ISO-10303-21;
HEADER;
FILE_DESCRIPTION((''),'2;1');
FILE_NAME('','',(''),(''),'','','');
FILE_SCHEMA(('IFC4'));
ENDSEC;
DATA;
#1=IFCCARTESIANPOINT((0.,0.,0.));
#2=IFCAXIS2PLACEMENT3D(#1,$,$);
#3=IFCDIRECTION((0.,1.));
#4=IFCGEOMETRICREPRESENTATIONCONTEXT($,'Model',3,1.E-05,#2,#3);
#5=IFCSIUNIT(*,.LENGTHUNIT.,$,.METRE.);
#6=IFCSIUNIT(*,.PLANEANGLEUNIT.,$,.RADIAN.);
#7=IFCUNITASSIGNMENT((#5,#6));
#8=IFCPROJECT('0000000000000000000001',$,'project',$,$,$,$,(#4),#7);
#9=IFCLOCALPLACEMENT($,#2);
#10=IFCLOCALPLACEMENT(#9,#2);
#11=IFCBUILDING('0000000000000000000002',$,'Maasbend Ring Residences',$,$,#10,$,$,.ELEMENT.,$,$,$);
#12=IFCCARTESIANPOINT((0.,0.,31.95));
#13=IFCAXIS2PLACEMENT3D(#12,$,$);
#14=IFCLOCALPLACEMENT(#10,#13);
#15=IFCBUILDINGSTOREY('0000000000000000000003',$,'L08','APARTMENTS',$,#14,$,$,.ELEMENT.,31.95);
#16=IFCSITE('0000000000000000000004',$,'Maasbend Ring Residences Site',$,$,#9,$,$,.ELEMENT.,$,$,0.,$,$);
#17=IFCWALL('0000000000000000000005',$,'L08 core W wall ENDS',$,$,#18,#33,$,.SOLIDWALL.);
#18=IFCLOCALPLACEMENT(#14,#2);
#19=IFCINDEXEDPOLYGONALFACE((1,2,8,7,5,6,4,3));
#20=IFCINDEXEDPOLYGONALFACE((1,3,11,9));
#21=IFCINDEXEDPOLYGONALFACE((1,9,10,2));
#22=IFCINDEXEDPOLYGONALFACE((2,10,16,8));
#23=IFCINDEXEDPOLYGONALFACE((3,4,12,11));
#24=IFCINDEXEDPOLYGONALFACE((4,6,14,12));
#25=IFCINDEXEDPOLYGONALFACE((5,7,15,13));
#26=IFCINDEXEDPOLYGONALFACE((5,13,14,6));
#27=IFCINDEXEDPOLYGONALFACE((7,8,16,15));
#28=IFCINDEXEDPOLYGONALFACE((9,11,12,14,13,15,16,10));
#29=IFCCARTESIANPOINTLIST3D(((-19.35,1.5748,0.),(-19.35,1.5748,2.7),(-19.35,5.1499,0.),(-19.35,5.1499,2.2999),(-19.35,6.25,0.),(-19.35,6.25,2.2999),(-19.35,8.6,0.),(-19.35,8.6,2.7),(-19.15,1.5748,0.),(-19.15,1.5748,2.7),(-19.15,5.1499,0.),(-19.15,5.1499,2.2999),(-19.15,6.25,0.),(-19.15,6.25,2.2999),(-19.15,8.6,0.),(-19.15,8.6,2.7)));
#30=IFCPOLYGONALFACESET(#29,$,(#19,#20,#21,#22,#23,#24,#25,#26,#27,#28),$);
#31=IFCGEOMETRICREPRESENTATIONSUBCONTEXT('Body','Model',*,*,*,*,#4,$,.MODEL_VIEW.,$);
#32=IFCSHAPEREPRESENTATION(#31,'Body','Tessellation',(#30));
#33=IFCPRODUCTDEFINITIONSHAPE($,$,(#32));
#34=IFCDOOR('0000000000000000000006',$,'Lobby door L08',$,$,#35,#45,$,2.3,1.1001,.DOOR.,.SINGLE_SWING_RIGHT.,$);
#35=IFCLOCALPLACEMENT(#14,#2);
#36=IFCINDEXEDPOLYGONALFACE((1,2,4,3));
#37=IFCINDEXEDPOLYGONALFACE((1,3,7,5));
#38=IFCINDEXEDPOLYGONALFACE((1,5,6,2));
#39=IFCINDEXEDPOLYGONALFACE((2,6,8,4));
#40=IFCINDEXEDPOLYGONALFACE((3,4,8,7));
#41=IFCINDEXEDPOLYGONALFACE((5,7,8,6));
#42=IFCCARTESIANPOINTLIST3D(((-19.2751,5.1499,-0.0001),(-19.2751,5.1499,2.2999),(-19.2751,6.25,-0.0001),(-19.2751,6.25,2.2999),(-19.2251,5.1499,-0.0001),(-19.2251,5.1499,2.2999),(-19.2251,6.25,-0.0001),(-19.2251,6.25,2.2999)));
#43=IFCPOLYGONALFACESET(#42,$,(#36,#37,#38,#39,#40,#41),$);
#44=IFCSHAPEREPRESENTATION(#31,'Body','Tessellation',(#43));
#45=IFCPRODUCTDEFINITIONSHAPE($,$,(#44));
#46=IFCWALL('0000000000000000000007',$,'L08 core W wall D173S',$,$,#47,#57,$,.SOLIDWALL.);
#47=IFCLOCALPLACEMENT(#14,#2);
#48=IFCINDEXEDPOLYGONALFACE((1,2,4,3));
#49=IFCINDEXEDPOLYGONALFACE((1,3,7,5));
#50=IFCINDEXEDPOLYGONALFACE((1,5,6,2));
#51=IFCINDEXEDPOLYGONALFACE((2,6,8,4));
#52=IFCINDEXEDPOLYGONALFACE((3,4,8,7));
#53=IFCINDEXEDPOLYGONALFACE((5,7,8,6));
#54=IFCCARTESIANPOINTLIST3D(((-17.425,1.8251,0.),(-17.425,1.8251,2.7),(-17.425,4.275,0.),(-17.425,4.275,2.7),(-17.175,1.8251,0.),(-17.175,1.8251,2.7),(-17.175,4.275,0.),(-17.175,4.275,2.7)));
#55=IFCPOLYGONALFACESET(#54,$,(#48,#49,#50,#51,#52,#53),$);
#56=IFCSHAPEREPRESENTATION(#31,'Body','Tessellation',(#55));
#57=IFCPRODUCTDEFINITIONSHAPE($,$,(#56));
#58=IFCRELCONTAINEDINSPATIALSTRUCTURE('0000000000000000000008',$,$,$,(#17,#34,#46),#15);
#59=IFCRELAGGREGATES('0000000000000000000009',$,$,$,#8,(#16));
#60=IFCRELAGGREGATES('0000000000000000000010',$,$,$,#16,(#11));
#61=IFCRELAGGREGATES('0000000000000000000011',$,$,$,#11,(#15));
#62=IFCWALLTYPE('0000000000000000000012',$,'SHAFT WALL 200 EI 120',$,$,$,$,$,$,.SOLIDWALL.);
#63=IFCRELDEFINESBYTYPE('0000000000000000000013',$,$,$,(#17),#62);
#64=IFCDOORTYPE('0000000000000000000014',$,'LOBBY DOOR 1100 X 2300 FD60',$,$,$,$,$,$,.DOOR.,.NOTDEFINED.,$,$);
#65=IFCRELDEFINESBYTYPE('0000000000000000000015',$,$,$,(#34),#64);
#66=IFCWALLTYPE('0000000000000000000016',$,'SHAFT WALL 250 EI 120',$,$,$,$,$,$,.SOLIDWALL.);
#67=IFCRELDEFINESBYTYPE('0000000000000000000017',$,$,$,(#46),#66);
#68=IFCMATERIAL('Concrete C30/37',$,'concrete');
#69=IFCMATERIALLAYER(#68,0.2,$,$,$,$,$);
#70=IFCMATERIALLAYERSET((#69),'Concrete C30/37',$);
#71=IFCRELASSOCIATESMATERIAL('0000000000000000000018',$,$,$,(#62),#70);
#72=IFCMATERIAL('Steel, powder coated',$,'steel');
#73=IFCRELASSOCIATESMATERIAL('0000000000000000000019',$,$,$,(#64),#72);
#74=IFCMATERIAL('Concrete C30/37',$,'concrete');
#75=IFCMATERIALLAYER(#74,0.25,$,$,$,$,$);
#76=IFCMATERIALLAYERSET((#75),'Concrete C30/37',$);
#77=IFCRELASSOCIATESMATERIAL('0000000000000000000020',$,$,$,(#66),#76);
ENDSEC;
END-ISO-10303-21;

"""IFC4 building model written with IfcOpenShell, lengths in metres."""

from ifc_helpers import new_model, si_unit, direction, frame, frame_2d, origin, place, context, subcontext, project, spatial, rectangle, extrude, material, layer, layer_set, type_object, element, fill, save


model = new_model("IFC4")

# Units and contexts
model_context = context("Model", 3, precision=1e-05, world=origin(), true_north=direction((0.0, 1.0)))
body_context = subcontext(model_context, "Body", "Model", "MODEL_VIEW")
ifc_project = project(units=[si_unit("LENGTHUNIT", "METRE"), si_unit("PLANEANGLEUNIT", "RADIAN")], contexts=[model_context])

# Site, building, storey
site_placement = place(None, origin())
site = spatial("IfcSite", under=ifc_project, at=site_placement, Name="Maasbend Ring Residences Site", CompositionType="ELEMENT", RefElevation=0.0)
building_placement = place(site_placement, origin())
building = spatial("IfcBuilding", under=site, at=building_placement, Name="Maasbend Ring Residences", CompositionType="ELEMENT")
storey_placement = place(building_placement, frame((0.0, 0.0, 31.95)))
storey = spatial("IfcBuildingStorey", under=building, at=storey_placement, Name="L08", Description="APARTMENTS", CompositionType="ELEMENT", Elevation=31.95)

# Wall, opening, door
ifc_material_1 = material(Name="Concrete C30/37", Category="concrete")
ifc_layer_1 = layer(ifc_material_1, 0.2)
ifc_layer_set_1 = layer_set([ifc_layer_1], Name="Concrete C30/37")
wall_type_1 = type_object("IfcWallType", Name="SHAFT WALL 200 EI 120", PredefinedType="SOLIDWALL", material=ifc_layer_set_1)
wall_1_placement = place(storey_placement, frame((-19.25, 8.6001, 0.0), z_axis=(0.0, 0.0, 1.0), x_axis=(0.0, -1.0, 0.0)))
wall_1 = element("IfcWall", 1, at=wall_1_placement, inside=storey, type_object=wall_type_1, Name="L08 core W wall ENDS", PredefinedType="SOLIDWALL", context=body_context, shape_type="SweptSolid", body=[
    extrude(rectangle(XDim=7.0251, YDim=0.2, at=frame_2d((3.5127, 0.0))), origin(), (0.0, 0.0, 1.0), 2.7),
])
opening_1_placement = place(wall_1_placement, frame((2.3501, 0.0, 0.0)))
opening_1 = element("IfcOpeningElement", 2, at=opening_1_placement, cuts=wall_1, PredefinedType="OPENING", context=body_context, shape_type="SweptSolid", body=[
    extrude(rectangle(XDim=1.1001, YDim=2.3, at=frame_2d((0.55, 1.1499))), frame((0.0, 0.1099, 0.0), z_axis=(0.0, -1.0, 0.0), x_axis=(1.0, 0.0, 0.0)), (0.0, 0.0, 1.0), 0.22),
])
ifc_material_2 = material(Name="Steel, powder coated", Category="steel")
door_type_1 = type_object("IfcDoorType", Name="LOBBY DOOR 1100 X 2300 FD60", OperationType="NOTDEFINED", PredefinedType="DOOR", material=ifc_material_2)
door_1_placement = place(opening_1_placement, origin())
door_1 = element("IfcDoor", 3, at=door_1_placement, inside=storey, type_object=door_type_1, Name="Lobby door L08", OperationType="SINGLE_SWING_RIGHT", OverallHeight=2.3, OverallWidth=1.1001, PredefinedType="DOOR", context=body_context, shape_type="SweptSolid", body=[
    extrude(rectangle(XDim=1.1001, YDim=2.3, at=frame_2d((0.55, 1.1499))), frame((0.0, 0.0249, 0.0), z_axis=(0.0, -1.0, 0.0), x_axis=(1.0, 0.0, 0.0)), (0.0, 0.0, 1.0), 0.05),
])
fill(opening_1, door_1)

# Wall
ifc_material_3 = material(Name="Concrete C30/37", Category="concrete")
ifc_layer_2 = layer(ifc_material_3, 0.25)
ifc_layer_set_2 = layer_set([ifc_layer_2], Name="Concrete C30/37")
wall_type_2 = type_object("IfcWallType", Name="SHAFT WALL 250 EI 120", PredefinedType="SOLIDWALL", material=ifc_layer_set_2)
wall_2_placement = place(storey_placement, frame((-17.3, 1.825, 0.0), z_axis=(0.0, 0.0, 1.0), x_axis=(0.0, 1.0, 0.0)))
element("IfcWall", 4, at=wall_2_placement, inside=storey, type_object=wall_type_2, Name="L08 core W wall D173S", PredefinedType="SOLIDWALL", context=body_context, shape_type="SweptSolid", body=[
    extrude(rectangle(XDim=2.45, YDim=0.25, at=frame_2d((1.2251, 0.0))), origin(), (0.0, 0.0, 1.0), 2.7),
])

save(model, "model.ifc")
